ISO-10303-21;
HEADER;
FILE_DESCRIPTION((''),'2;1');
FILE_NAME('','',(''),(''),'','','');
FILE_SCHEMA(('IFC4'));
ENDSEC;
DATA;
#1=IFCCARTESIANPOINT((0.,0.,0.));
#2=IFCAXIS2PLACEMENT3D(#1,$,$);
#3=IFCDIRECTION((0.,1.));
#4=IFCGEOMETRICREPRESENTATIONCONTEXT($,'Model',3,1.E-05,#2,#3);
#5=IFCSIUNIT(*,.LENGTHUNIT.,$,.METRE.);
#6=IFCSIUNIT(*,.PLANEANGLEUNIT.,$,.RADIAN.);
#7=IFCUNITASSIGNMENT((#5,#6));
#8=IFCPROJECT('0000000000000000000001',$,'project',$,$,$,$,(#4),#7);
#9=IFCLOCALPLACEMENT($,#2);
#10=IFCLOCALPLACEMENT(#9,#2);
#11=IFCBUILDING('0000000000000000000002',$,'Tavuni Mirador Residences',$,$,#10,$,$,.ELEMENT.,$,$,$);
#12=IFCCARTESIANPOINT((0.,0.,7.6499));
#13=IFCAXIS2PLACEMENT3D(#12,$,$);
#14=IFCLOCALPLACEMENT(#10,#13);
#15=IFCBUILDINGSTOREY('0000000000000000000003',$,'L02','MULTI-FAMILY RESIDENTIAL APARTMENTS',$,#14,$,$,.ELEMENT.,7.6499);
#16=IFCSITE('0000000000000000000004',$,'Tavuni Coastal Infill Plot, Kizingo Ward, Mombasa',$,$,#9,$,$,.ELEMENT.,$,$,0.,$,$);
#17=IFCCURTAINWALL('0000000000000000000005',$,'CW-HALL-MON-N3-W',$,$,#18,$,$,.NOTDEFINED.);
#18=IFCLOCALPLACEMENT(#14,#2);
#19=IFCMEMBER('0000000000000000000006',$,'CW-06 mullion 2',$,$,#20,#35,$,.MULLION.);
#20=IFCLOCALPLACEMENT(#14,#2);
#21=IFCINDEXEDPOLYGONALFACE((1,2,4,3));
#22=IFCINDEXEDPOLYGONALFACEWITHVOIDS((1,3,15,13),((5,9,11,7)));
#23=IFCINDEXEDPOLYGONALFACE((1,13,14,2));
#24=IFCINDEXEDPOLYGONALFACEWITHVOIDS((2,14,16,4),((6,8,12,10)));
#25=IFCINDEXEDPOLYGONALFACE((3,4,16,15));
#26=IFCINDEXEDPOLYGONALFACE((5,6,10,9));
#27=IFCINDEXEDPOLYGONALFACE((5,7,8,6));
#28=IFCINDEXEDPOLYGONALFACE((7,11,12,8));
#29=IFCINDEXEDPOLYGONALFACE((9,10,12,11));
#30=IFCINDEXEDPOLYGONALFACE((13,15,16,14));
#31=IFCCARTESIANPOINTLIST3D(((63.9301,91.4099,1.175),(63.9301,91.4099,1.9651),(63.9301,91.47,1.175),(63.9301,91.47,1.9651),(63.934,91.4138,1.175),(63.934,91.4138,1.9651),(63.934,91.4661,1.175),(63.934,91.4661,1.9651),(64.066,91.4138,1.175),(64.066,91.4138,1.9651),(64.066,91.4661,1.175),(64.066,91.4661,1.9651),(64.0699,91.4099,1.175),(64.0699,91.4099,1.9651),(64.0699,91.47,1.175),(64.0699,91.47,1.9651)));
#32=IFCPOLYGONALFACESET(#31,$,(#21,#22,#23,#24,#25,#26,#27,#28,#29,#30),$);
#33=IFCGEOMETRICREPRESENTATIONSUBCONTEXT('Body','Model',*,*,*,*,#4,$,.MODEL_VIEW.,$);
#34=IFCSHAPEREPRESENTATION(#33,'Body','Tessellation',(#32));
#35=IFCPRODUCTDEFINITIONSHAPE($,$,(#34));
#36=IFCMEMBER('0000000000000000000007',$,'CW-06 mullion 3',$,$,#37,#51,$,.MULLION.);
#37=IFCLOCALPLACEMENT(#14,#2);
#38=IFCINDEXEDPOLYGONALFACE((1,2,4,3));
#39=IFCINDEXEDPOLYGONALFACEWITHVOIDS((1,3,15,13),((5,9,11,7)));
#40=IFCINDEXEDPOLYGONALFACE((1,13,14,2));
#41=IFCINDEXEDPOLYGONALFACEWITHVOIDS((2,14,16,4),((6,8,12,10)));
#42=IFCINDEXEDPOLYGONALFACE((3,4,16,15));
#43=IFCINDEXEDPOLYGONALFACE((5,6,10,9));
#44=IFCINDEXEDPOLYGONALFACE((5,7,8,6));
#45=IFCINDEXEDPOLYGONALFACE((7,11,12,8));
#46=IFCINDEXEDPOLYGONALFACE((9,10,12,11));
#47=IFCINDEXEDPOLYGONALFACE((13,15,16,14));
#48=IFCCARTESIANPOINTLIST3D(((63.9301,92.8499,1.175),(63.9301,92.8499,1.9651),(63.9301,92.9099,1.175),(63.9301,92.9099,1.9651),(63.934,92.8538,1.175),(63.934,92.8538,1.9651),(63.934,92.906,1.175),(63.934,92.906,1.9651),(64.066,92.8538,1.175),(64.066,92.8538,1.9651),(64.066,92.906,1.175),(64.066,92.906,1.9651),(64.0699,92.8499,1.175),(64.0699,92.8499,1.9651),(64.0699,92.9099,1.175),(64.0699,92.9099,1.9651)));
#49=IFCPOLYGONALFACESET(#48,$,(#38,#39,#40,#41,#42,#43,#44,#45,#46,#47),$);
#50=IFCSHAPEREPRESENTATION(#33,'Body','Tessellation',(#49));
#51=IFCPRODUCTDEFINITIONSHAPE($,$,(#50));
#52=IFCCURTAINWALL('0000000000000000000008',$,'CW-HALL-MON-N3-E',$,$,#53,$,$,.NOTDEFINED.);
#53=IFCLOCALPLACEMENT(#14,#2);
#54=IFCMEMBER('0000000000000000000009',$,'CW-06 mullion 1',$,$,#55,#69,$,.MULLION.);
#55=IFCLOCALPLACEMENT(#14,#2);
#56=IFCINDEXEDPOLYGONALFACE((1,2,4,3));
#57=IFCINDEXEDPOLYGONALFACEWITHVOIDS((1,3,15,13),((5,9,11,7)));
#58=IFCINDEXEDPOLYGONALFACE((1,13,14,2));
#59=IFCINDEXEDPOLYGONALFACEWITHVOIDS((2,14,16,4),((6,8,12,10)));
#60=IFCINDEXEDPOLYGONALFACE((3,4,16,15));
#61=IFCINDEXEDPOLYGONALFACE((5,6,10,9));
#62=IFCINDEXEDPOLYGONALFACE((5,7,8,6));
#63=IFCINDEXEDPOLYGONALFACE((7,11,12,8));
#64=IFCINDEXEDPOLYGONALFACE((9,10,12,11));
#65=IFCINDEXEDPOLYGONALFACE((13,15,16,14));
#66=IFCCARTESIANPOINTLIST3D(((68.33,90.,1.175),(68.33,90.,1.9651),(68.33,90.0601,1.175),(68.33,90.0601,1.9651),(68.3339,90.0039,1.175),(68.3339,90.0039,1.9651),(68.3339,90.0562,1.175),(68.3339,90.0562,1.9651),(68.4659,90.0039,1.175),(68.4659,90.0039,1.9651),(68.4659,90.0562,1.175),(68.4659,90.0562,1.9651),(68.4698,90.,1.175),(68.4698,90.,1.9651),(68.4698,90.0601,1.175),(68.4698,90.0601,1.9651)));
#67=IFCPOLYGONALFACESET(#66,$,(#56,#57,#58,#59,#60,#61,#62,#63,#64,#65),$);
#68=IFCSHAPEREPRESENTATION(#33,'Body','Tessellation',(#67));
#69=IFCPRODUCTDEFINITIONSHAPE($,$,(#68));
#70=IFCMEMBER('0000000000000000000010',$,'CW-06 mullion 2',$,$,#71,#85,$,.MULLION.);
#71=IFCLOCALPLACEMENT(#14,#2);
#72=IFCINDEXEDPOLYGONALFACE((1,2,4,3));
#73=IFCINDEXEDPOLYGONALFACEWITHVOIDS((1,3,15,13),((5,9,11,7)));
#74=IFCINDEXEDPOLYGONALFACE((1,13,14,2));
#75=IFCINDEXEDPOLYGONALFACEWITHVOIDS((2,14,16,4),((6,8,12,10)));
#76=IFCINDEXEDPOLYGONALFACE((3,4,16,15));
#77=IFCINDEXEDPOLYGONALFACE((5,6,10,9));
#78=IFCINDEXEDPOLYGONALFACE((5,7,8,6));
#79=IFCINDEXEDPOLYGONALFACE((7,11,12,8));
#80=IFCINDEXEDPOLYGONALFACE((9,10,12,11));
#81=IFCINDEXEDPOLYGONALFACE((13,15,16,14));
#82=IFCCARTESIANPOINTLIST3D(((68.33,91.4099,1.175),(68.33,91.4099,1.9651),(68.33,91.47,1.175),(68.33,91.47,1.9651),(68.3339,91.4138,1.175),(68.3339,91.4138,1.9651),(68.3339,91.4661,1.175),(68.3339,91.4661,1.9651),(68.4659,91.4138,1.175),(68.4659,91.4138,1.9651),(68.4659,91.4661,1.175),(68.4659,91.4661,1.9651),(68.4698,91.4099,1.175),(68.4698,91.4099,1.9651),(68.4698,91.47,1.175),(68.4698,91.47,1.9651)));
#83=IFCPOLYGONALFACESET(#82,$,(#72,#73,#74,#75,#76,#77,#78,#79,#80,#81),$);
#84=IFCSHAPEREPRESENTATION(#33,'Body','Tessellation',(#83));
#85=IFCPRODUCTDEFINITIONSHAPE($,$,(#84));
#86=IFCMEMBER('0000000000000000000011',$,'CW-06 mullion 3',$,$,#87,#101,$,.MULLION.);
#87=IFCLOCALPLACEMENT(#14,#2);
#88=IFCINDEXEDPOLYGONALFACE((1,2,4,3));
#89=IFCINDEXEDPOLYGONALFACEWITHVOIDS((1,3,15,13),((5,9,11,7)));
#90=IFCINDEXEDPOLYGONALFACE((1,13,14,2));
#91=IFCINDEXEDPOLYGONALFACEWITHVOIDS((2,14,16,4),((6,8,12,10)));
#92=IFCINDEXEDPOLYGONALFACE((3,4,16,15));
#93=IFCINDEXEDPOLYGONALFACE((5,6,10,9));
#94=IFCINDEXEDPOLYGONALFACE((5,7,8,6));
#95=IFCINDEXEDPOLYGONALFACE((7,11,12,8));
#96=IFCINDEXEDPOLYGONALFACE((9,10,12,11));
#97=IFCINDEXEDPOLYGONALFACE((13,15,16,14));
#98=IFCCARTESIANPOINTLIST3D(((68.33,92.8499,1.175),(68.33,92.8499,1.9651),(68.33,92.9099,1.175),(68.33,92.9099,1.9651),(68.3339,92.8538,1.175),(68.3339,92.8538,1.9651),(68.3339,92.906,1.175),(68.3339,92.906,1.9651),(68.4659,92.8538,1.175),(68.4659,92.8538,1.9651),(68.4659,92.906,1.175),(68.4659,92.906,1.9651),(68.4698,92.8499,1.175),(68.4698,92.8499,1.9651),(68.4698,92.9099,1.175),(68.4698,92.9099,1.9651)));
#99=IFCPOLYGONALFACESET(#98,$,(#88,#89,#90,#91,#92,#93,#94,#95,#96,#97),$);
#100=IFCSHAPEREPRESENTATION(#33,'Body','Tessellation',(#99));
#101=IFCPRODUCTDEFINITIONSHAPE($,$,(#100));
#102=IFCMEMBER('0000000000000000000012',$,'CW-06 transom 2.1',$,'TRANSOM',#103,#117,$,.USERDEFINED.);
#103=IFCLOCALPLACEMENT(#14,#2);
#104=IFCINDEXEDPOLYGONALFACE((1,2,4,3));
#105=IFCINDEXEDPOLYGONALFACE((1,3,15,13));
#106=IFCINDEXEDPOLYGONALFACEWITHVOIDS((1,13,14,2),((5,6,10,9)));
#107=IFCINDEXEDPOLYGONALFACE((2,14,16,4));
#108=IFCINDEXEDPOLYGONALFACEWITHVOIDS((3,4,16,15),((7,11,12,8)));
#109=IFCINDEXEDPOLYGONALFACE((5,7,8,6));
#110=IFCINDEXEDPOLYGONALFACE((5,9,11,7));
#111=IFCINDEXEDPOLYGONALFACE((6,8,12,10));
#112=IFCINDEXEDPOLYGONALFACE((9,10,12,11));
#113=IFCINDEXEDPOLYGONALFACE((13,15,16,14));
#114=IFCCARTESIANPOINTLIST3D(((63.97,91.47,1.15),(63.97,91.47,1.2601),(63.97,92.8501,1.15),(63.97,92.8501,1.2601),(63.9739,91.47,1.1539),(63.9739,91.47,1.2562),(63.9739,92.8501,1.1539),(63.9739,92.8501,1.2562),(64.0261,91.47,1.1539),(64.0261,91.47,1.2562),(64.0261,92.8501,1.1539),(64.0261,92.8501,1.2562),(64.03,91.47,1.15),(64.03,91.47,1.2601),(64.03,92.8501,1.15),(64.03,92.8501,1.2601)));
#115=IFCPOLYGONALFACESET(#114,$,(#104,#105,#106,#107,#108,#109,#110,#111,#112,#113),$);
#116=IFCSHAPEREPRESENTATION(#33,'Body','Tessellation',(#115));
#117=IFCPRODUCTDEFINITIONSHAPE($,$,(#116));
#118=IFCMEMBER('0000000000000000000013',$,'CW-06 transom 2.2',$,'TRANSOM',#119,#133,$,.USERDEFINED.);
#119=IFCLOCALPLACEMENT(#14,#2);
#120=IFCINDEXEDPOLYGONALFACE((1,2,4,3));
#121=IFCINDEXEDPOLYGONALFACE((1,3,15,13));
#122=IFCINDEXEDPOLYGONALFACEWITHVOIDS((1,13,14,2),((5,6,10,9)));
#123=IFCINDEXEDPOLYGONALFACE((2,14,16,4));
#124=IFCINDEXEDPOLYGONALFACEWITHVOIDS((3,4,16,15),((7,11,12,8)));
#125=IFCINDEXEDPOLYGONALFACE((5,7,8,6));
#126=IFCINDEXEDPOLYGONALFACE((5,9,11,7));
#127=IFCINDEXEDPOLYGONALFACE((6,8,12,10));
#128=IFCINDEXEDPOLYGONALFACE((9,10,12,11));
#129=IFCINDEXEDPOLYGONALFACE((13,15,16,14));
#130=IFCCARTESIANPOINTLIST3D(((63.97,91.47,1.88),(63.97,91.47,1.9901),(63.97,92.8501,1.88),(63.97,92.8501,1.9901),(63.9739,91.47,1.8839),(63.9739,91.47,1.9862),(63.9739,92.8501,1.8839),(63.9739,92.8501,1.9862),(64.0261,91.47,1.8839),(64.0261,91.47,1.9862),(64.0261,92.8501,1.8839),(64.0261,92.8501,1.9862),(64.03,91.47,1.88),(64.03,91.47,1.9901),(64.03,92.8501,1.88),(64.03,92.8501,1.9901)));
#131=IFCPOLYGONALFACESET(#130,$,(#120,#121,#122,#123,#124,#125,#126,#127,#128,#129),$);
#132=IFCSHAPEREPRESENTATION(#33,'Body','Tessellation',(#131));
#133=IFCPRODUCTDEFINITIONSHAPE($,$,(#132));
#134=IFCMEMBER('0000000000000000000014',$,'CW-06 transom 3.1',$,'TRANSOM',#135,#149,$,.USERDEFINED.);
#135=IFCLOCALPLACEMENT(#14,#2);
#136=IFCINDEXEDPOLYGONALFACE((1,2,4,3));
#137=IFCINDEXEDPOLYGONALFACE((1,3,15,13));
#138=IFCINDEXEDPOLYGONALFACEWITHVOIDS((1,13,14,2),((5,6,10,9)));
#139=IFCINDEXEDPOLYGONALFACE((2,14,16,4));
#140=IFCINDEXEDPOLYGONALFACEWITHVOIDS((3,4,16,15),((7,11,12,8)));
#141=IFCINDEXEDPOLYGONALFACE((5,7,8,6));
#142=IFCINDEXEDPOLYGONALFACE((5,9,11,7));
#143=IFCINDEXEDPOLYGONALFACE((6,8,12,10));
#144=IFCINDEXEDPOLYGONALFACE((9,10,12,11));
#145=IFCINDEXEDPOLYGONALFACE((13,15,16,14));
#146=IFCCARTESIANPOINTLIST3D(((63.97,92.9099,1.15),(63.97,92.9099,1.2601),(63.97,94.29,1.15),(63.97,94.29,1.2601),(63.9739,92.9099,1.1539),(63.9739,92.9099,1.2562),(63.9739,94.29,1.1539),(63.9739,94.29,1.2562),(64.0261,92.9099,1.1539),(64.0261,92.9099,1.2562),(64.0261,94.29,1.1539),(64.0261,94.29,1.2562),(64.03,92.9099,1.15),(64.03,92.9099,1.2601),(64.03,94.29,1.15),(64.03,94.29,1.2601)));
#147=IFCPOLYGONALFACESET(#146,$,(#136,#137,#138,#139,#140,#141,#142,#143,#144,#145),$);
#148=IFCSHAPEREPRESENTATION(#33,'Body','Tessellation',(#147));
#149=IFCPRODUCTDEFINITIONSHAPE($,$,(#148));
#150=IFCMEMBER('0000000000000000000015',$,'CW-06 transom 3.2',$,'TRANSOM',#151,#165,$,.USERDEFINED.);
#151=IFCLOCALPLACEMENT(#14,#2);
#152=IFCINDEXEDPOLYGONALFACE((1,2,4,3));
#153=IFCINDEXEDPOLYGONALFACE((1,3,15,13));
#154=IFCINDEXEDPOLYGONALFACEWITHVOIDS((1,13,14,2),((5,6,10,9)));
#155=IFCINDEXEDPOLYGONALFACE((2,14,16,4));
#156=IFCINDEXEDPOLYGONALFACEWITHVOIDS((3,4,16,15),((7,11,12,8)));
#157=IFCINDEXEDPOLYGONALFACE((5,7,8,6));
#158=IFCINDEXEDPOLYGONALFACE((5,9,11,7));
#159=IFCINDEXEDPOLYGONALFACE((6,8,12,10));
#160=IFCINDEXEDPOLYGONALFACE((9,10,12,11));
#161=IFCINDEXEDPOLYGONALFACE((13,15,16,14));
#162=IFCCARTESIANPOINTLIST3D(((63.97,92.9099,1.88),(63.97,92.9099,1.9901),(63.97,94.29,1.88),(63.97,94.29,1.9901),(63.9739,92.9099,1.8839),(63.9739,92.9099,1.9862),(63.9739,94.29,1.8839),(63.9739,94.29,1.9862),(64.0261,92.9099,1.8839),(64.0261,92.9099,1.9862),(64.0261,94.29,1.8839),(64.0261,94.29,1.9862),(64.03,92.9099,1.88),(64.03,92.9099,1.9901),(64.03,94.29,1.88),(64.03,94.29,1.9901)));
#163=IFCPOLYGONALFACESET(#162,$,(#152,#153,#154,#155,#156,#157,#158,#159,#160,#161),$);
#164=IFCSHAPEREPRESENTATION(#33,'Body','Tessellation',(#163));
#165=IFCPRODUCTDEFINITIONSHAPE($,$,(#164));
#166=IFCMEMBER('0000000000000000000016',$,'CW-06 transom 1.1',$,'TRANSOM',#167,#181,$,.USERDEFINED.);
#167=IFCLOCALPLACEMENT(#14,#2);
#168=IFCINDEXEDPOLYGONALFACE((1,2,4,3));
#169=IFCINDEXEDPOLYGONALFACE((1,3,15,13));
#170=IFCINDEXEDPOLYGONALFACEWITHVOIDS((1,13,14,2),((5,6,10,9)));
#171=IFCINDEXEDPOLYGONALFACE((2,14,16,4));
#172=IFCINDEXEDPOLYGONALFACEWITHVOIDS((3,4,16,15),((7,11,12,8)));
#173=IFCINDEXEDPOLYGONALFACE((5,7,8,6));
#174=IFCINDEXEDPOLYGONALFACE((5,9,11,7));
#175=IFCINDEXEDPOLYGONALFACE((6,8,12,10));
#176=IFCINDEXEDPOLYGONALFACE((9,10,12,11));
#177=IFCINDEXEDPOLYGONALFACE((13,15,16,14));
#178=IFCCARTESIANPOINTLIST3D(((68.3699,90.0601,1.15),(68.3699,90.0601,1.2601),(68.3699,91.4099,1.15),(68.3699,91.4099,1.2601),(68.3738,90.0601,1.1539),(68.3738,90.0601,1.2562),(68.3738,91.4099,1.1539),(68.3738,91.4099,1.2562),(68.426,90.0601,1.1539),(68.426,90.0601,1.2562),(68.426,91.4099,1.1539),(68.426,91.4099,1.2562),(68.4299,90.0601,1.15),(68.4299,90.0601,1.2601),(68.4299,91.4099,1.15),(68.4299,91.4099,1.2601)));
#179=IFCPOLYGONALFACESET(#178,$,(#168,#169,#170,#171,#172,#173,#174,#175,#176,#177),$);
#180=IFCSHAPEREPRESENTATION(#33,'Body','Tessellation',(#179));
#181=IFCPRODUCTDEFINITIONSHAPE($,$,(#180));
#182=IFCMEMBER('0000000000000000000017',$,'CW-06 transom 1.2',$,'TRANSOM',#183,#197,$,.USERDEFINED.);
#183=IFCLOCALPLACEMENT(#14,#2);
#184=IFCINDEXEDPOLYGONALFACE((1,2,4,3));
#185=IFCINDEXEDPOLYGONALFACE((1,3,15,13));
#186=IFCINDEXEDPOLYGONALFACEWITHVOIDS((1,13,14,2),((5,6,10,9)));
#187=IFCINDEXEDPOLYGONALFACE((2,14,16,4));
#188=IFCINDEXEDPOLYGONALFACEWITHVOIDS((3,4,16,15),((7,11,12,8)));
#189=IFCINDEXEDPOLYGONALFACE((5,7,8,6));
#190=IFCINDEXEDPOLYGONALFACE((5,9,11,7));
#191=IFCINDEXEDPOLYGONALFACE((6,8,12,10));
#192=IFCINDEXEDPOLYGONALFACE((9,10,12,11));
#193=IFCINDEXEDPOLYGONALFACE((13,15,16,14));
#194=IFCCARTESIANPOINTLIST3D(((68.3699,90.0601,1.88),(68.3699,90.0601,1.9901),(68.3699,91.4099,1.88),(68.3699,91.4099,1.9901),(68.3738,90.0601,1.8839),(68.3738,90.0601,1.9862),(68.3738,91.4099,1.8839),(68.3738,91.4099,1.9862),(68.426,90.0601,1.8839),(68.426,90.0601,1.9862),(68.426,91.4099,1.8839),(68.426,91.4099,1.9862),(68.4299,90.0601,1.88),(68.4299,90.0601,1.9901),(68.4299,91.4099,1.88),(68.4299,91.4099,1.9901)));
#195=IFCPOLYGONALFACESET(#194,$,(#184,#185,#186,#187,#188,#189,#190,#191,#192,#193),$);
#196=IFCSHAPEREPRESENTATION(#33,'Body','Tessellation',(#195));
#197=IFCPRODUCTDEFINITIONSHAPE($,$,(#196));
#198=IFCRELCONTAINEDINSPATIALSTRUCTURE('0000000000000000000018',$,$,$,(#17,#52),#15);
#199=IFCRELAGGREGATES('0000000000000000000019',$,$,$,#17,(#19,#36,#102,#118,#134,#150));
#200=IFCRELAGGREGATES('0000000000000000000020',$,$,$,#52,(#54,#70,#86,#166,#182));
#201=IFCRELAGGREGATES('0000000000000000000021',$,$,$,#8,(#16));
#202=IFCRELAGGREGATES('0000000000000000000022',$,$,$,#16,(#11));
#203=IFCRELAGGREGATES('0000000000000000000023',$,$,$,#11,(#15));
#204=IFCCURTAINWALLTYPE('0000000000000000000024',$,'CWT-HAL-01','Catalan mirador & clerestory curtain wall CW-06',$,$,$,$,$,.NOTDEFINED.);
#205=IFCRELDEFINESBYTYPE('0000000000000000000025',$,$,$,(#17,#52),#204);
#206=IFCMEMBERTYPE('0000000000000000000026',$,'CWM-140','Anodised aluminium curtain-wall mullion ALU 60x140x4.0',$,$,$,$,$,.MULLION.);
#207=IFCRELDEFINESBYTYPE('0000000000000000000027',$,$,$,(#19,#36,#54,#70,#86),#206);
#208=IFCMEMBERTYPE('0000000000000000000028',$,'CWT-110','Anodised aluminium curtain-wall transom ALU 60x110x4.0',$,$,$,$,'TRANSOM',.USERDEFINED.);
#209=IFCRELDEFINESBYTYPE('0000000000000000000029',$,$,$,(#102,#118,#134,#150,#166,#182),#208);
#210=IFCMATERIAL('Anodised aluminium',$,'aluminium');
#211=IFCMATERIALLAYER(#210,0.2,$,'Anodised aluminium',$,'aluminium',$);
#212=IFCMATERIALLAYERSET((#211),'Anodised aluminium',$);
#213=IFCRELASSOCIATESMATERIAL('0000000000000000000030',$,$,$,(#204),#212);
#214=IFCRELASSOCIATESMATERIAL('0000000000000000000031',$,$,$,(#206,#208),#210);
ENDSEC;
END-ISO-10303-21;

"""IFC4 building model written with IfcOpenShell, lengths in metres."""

from ifc_helpers import new_model, si_unit, direction, frame, origin, origin_2d, place, context, subcontext, project, spatial, hollow_rectangle, extrude, material, layer, layer_set, material_profile, profile_set, type_object, element, aggregate, save


model = new_model("IFC4")

# Units and contexts
model_context = context("Model", 3, precision=1e-05, world=origin(), true_north=direction((0.0, 1.0)))
body_context = subcontext(model_context, "Body", "Model", "MODEL_VIEW")
ifc_project = project(units=[si_unit("LENGTHUNIT", "METRE"), si_unit("PLANEANGLEUNIT", "RADIAN")], contexts=[model_context])

# Site, building, storey
site_placement = place(None, origin())
site = spatial("IfcSite", under=ifc_project, at=site_placement, Name="Tavuni Coastal Infill Plot, Kizingo Ward, Mombasa", CompositionType="ELEMENT", RefElevation=0.0)
building_placement = place(site_placement, origin())
building = spatial("IfcBuilding", under=site, at=building_placement, Name="Tavuni Mirador Residences", CompositionType="ELEMENT")
storey_placement = place(building_placement, frame((0.0, 0.0, 7.6499)))
storey = spatial("IfcBuildingStorey", under=building, at=storey_placement, Name="L02", Description="MULTI-FAMILY RESIDENTIAL APARTMENTS", CompositionType="ELEMENT", Elevation=7.6499)

# Curtain walls, members
ifc_material_1 = material(Name="Anodised aluminium", Category="aluminium")
ifc_layer_1 = layer(ifc_material_1, 0.2, Name="Anodised aluminium", Category="aluminium")
ifc_layer_set_1 = layer_set([ifc_layer_1], Name="Anodised aluminium")
curtain_wall_type = type_object("IfcCurtainWallType", Name="CWT-HAL-01", Description="Catalan mirador & clerestory curtain wall CW-06", PredefinedType="NOTDEFINED", material=ifc_layer_set_1)
curtain_wall_1_placement = place(storey_placement, origin())
curtain_wall_1 = element("IfcCurtainWall", 1, at=curtain_wall_1_placement, inside=storey, type_object=curtain_wall_type, Name="CW-HALL-MON-N3-W", PredefinedType="NOTDEFINED")
ifc_material_profile_1 = material_profile(ifc_material_1, hollow_rectangle(XDim=0.0601, YDim=0.1399, WallThickness=0.0039, at=origin_2d()), Name="ALU 60x140x4.0", Category="aluminium")
ifc_profile_set_1 = profile_set([ifc_material_profile_1], Name="Anodised aluminium")
member_type_1 = type_object("IfcMemberType", Name="CWM-140", Description="Anodised aluminium curtain-wall mullion ALU 60x140x4.0", PredefinedType="MULLION", material=ifc_profile_set_1)
member_1_placement = place(storey_placement, frame((64.0, 91.4399, 1.175), z_axis=(0.0, 0.0, 1.0), x_axis=(0.0, 1.0, 0.0)))
member_1 = element("IfcMember", 2, at=member_1_placement, type_object=member_type_1, Name="CW-06 mullion 2", PredefinedType="MULLION", context=body_context, shape_type="SweptSolid", body=[
    extrude(hollow_rectangle(XDim=0.0601, YDim=0.1399, WallThickness=0.0039, at=origin_2d()), origin(), (0.0, 0.0, 1.0), 0.79),
])
member_2_placement = place(storey_placement, frame((64.0, 92.8799, 1.175), z_axis=(0.0, 0.0, 1.0), x_axis=(0.0, 1.0, 0.0)))
member_2 = element("IfcMember", 3, at=member_2_placement, type_object=member_type_1, Name="CW-06 mullion 3", PredefinedType="MULLION", context=body_context, shape_type="SweptSolid", body=[
    extrude(hollow_rectangle(XDim=0.0601, YDim=0.1399, WallThickness=0.0039, at=origin_2d()), origin(), (0.0, 0.0, 1.0), 0.79),
])
curtain_wall_2_placement = place(storey_placement, origin())
curtain_wall_2 = element("IfcCurtainWall", 4, at=curtain_wall_2_placement, inside=storey, type_object=curtain_wall_type, Name="CW-HALL-MON-N3-E", PredefinedType="NOTDEFINED")
member_3_placement = place(storey_placement, frame((68.3999, 90.03, 1.175), z_axis=(0.0, 0.0, 1.0), x_axis=(0.0, 1.0, 0.0)))
member_3 = element("IfcMember", 5, at=member_3_placement, type_object=member_type_1, Name="CW-06 mullion 1", PredefinedType="MULLION", context=body_context, shape_type="SweptSolid", body=[
    extrude(hollow_rectangle(XDim=0.0601, YDim=0.1399, WallThickness=0.0039, at=origin_2d()), origin(), (0.0, 0.0, 1.0), 0.79),
])
member_4_placement = place(storey_placement, frame((68.3999, 91.4399, 1.175), z_axis=(0.0, 0.0, 1.0), x_axis=(0.0, 1.0, 0.0)))
member_4 = element("IfcMember", 6, at=member_4_placement, type_object=member_type_1, Name="CW-06 mullion 2", PredefinedType="MULLION", context=body_context, shape_type="SweptSolid", body=[
    extrude(hollow_rectangle(XDim=0.0601, YDim=0.1399, WallThickness=0.0039, at=origin_2d()), origin(), (0.0, 0.0, 1.0), 0.79),
])
member_5_placement = place(storey_placement, frame((68.3999, 92.8799, 1.175), z_axis=(0.0, 0.0, 1.0), x_axis=(0.0, 1.0, 0.0)))
member_5 = element("IfcMember", 7, at=member_5_placement, type_object=member_type_1, Name="CW-06 mullion 3", PredefinedType="MULLION", context=body_context, shape_type="SweptSolid", body=[
    extrude(hollow_rectangle(XDim=0.0601, YDim=0.1399, WallThickness=0.0039, at=origin_2d()), origin(), (0.0, 0.0, 1.0), 0.79),
])

# Members
ifc_material_profile_2 = material_profile(ifc_material_1, hollow_rectangle(XDim=0.0601, YDim=0.1101, WallThickness=0.0039, at=origin_2d()), Name="ALU 60x110x4.0", Category="aluminium")
ifc_profile_set_2 = profile_set([ifc_material_profile_2], Name="Anodised aluminium")
member_type_2 = type_object("IfcMemberType", Name="CWT-110", Description="Anodised aluminium curtain-wall transom ALU 60x110x4.0", ElementType="TRANSOM", PredefinedType="USERDEFINED", material=ifc_profile_set_2)
member_6_placement = place(storey_placement, frame((64.0, 91.47, 1.2051), z_axis=(0.0, 1.0, 0.0), x_axis=(-1.0, 0.0, 0.0)))
member_6 = element("IfcMember", 8, at=member_6_placement, type_object=member_type_2, Name="CW-06 transom 2.1", ObjectType="TRANSOM", PredefinedType="USERDEFINED", context=body_context, shape_type="SweptSolid", body=[
    extrude(hollow_rectangle(XDim=0.0601, YDim=0.1101, WallThickness=0.0039, at=origin_2d()), origin(), (0.0, 0.0, 1.0), 1.3801),
])
member_7_placement = place(storey_placement, frame((64.0, 91.47, 1.9351), z_axis=(0.0, 1.0, 0.0), x_axis=(-1.0, 0.0, 0.0)))
member_7 = element("IfcMember", 9, at=member_7_placement, type_object=member_type_2, Name="CW-06 transom 2.2", ObjectType="TRANSOM", PredefinedType="USERDEFINED", context=body_context, shape_type="SweptSolid", body=[
    extrude(hollow_rectangle(XDim=0.0601, YDim=0.1101, WallThickness=0.0039, at=origin_2d()), origin(), (0.0, 0.0, 1.0), 1.3801),
])
member_8_placement = place(storey_placement, frame((64.0, 92.9099, 1.2051), z_axis=(0.0, 1.0, 0.0), x_axis=(-1.0, 0.0, 0.0)))
member_8 = element("IfcMember", 10, at=member_8_placement, type_object=member_type_2, Name="CW-06 transom 3.1", ObjectType="TRANSOM", PredefinedType="USERDEFINED", context=body_context, shape_type="SweptSolid", body=[
    extrude(hollow_rectangle(XDim=0.0601, YDim=0.1101, WallThickness=0.0039, at=origin_2d()), origin(), (0.0, 0.0, 1.0), 1.3801),
])
member_9_placement = place(storey_placement, frame((64.0, 92.9099, 1.9351), z_axis=(0.0, 1.0, 0.0), x_axis=(-1.0, 0.0, 0.0)))
member_9 = element("IfcMember", 11, at=member_9_placement, type_object=member_type_2, Name="CW-06 transom 3.2", ObjectType="TRANSOM", PredefinedType="USERDEFINED", context=body_context, shape_type="SweptSolid", body=[
    extrude(hollow_rectangle(XDim=0.0601, YDim=0.1101, WallThickness=0.0039, at=origin_2d()), origin(), (0.0, 0.0, 1.0), 1.3801),
])
member_10_placement = place(storey_placement, frame((68.3999, 90.0601, 1.2051), z_axis=(0.0, 1.0, 0.0), x_axis=(-1.0, 0.0, 0.0)))
member_10 = element("IfcMember", 12, at=member_10_placement, type_object=member_type_2, Name="CW-06 transom 1.1", ObjectType="TRANSOM", PredefinedType="USERDEFINED", context=body_context, shape_type="SweptSolid", body=[
    extrude(hollow_rectangle(XDim=0.0601, YDim=0.1101, WallThickness=0.0039, at=origin_2d()), origin(), (0.0, 0.0, 1.0), 1.3499),
])
member_11_placement = place(storey_placement, frame((68.3999, 90.0601, 1.9351), z_axis=(0.0, 1.0, 0.0), x_axis=(-1.0, 0.0, 0.0)))
member_11 = element("IfcMember", 13, at=member_11_placement, type_object=member_type_2, Name="CW-06 transom 1.2", ObjectType="TRANSOM", PredefinedType="USERDEFINED", context=body_context, shape_type="SweptSolid", body=[
    extrude(hollow_rectangle(XDim=0.0601, YDim=0.1101, WallThickness=0.0039, at=origin_2d()), origin(), (0.0, 0.0, 1.0), 1.3499),
])

aggregate(curtain_wall_1, [member_1, member_2, member_6, member_7, member_8, member_9])
aggregate(curtain_wall_2, [member_3, member_4, member_5, member_10, member_11])

save(model, "model.ifc")
